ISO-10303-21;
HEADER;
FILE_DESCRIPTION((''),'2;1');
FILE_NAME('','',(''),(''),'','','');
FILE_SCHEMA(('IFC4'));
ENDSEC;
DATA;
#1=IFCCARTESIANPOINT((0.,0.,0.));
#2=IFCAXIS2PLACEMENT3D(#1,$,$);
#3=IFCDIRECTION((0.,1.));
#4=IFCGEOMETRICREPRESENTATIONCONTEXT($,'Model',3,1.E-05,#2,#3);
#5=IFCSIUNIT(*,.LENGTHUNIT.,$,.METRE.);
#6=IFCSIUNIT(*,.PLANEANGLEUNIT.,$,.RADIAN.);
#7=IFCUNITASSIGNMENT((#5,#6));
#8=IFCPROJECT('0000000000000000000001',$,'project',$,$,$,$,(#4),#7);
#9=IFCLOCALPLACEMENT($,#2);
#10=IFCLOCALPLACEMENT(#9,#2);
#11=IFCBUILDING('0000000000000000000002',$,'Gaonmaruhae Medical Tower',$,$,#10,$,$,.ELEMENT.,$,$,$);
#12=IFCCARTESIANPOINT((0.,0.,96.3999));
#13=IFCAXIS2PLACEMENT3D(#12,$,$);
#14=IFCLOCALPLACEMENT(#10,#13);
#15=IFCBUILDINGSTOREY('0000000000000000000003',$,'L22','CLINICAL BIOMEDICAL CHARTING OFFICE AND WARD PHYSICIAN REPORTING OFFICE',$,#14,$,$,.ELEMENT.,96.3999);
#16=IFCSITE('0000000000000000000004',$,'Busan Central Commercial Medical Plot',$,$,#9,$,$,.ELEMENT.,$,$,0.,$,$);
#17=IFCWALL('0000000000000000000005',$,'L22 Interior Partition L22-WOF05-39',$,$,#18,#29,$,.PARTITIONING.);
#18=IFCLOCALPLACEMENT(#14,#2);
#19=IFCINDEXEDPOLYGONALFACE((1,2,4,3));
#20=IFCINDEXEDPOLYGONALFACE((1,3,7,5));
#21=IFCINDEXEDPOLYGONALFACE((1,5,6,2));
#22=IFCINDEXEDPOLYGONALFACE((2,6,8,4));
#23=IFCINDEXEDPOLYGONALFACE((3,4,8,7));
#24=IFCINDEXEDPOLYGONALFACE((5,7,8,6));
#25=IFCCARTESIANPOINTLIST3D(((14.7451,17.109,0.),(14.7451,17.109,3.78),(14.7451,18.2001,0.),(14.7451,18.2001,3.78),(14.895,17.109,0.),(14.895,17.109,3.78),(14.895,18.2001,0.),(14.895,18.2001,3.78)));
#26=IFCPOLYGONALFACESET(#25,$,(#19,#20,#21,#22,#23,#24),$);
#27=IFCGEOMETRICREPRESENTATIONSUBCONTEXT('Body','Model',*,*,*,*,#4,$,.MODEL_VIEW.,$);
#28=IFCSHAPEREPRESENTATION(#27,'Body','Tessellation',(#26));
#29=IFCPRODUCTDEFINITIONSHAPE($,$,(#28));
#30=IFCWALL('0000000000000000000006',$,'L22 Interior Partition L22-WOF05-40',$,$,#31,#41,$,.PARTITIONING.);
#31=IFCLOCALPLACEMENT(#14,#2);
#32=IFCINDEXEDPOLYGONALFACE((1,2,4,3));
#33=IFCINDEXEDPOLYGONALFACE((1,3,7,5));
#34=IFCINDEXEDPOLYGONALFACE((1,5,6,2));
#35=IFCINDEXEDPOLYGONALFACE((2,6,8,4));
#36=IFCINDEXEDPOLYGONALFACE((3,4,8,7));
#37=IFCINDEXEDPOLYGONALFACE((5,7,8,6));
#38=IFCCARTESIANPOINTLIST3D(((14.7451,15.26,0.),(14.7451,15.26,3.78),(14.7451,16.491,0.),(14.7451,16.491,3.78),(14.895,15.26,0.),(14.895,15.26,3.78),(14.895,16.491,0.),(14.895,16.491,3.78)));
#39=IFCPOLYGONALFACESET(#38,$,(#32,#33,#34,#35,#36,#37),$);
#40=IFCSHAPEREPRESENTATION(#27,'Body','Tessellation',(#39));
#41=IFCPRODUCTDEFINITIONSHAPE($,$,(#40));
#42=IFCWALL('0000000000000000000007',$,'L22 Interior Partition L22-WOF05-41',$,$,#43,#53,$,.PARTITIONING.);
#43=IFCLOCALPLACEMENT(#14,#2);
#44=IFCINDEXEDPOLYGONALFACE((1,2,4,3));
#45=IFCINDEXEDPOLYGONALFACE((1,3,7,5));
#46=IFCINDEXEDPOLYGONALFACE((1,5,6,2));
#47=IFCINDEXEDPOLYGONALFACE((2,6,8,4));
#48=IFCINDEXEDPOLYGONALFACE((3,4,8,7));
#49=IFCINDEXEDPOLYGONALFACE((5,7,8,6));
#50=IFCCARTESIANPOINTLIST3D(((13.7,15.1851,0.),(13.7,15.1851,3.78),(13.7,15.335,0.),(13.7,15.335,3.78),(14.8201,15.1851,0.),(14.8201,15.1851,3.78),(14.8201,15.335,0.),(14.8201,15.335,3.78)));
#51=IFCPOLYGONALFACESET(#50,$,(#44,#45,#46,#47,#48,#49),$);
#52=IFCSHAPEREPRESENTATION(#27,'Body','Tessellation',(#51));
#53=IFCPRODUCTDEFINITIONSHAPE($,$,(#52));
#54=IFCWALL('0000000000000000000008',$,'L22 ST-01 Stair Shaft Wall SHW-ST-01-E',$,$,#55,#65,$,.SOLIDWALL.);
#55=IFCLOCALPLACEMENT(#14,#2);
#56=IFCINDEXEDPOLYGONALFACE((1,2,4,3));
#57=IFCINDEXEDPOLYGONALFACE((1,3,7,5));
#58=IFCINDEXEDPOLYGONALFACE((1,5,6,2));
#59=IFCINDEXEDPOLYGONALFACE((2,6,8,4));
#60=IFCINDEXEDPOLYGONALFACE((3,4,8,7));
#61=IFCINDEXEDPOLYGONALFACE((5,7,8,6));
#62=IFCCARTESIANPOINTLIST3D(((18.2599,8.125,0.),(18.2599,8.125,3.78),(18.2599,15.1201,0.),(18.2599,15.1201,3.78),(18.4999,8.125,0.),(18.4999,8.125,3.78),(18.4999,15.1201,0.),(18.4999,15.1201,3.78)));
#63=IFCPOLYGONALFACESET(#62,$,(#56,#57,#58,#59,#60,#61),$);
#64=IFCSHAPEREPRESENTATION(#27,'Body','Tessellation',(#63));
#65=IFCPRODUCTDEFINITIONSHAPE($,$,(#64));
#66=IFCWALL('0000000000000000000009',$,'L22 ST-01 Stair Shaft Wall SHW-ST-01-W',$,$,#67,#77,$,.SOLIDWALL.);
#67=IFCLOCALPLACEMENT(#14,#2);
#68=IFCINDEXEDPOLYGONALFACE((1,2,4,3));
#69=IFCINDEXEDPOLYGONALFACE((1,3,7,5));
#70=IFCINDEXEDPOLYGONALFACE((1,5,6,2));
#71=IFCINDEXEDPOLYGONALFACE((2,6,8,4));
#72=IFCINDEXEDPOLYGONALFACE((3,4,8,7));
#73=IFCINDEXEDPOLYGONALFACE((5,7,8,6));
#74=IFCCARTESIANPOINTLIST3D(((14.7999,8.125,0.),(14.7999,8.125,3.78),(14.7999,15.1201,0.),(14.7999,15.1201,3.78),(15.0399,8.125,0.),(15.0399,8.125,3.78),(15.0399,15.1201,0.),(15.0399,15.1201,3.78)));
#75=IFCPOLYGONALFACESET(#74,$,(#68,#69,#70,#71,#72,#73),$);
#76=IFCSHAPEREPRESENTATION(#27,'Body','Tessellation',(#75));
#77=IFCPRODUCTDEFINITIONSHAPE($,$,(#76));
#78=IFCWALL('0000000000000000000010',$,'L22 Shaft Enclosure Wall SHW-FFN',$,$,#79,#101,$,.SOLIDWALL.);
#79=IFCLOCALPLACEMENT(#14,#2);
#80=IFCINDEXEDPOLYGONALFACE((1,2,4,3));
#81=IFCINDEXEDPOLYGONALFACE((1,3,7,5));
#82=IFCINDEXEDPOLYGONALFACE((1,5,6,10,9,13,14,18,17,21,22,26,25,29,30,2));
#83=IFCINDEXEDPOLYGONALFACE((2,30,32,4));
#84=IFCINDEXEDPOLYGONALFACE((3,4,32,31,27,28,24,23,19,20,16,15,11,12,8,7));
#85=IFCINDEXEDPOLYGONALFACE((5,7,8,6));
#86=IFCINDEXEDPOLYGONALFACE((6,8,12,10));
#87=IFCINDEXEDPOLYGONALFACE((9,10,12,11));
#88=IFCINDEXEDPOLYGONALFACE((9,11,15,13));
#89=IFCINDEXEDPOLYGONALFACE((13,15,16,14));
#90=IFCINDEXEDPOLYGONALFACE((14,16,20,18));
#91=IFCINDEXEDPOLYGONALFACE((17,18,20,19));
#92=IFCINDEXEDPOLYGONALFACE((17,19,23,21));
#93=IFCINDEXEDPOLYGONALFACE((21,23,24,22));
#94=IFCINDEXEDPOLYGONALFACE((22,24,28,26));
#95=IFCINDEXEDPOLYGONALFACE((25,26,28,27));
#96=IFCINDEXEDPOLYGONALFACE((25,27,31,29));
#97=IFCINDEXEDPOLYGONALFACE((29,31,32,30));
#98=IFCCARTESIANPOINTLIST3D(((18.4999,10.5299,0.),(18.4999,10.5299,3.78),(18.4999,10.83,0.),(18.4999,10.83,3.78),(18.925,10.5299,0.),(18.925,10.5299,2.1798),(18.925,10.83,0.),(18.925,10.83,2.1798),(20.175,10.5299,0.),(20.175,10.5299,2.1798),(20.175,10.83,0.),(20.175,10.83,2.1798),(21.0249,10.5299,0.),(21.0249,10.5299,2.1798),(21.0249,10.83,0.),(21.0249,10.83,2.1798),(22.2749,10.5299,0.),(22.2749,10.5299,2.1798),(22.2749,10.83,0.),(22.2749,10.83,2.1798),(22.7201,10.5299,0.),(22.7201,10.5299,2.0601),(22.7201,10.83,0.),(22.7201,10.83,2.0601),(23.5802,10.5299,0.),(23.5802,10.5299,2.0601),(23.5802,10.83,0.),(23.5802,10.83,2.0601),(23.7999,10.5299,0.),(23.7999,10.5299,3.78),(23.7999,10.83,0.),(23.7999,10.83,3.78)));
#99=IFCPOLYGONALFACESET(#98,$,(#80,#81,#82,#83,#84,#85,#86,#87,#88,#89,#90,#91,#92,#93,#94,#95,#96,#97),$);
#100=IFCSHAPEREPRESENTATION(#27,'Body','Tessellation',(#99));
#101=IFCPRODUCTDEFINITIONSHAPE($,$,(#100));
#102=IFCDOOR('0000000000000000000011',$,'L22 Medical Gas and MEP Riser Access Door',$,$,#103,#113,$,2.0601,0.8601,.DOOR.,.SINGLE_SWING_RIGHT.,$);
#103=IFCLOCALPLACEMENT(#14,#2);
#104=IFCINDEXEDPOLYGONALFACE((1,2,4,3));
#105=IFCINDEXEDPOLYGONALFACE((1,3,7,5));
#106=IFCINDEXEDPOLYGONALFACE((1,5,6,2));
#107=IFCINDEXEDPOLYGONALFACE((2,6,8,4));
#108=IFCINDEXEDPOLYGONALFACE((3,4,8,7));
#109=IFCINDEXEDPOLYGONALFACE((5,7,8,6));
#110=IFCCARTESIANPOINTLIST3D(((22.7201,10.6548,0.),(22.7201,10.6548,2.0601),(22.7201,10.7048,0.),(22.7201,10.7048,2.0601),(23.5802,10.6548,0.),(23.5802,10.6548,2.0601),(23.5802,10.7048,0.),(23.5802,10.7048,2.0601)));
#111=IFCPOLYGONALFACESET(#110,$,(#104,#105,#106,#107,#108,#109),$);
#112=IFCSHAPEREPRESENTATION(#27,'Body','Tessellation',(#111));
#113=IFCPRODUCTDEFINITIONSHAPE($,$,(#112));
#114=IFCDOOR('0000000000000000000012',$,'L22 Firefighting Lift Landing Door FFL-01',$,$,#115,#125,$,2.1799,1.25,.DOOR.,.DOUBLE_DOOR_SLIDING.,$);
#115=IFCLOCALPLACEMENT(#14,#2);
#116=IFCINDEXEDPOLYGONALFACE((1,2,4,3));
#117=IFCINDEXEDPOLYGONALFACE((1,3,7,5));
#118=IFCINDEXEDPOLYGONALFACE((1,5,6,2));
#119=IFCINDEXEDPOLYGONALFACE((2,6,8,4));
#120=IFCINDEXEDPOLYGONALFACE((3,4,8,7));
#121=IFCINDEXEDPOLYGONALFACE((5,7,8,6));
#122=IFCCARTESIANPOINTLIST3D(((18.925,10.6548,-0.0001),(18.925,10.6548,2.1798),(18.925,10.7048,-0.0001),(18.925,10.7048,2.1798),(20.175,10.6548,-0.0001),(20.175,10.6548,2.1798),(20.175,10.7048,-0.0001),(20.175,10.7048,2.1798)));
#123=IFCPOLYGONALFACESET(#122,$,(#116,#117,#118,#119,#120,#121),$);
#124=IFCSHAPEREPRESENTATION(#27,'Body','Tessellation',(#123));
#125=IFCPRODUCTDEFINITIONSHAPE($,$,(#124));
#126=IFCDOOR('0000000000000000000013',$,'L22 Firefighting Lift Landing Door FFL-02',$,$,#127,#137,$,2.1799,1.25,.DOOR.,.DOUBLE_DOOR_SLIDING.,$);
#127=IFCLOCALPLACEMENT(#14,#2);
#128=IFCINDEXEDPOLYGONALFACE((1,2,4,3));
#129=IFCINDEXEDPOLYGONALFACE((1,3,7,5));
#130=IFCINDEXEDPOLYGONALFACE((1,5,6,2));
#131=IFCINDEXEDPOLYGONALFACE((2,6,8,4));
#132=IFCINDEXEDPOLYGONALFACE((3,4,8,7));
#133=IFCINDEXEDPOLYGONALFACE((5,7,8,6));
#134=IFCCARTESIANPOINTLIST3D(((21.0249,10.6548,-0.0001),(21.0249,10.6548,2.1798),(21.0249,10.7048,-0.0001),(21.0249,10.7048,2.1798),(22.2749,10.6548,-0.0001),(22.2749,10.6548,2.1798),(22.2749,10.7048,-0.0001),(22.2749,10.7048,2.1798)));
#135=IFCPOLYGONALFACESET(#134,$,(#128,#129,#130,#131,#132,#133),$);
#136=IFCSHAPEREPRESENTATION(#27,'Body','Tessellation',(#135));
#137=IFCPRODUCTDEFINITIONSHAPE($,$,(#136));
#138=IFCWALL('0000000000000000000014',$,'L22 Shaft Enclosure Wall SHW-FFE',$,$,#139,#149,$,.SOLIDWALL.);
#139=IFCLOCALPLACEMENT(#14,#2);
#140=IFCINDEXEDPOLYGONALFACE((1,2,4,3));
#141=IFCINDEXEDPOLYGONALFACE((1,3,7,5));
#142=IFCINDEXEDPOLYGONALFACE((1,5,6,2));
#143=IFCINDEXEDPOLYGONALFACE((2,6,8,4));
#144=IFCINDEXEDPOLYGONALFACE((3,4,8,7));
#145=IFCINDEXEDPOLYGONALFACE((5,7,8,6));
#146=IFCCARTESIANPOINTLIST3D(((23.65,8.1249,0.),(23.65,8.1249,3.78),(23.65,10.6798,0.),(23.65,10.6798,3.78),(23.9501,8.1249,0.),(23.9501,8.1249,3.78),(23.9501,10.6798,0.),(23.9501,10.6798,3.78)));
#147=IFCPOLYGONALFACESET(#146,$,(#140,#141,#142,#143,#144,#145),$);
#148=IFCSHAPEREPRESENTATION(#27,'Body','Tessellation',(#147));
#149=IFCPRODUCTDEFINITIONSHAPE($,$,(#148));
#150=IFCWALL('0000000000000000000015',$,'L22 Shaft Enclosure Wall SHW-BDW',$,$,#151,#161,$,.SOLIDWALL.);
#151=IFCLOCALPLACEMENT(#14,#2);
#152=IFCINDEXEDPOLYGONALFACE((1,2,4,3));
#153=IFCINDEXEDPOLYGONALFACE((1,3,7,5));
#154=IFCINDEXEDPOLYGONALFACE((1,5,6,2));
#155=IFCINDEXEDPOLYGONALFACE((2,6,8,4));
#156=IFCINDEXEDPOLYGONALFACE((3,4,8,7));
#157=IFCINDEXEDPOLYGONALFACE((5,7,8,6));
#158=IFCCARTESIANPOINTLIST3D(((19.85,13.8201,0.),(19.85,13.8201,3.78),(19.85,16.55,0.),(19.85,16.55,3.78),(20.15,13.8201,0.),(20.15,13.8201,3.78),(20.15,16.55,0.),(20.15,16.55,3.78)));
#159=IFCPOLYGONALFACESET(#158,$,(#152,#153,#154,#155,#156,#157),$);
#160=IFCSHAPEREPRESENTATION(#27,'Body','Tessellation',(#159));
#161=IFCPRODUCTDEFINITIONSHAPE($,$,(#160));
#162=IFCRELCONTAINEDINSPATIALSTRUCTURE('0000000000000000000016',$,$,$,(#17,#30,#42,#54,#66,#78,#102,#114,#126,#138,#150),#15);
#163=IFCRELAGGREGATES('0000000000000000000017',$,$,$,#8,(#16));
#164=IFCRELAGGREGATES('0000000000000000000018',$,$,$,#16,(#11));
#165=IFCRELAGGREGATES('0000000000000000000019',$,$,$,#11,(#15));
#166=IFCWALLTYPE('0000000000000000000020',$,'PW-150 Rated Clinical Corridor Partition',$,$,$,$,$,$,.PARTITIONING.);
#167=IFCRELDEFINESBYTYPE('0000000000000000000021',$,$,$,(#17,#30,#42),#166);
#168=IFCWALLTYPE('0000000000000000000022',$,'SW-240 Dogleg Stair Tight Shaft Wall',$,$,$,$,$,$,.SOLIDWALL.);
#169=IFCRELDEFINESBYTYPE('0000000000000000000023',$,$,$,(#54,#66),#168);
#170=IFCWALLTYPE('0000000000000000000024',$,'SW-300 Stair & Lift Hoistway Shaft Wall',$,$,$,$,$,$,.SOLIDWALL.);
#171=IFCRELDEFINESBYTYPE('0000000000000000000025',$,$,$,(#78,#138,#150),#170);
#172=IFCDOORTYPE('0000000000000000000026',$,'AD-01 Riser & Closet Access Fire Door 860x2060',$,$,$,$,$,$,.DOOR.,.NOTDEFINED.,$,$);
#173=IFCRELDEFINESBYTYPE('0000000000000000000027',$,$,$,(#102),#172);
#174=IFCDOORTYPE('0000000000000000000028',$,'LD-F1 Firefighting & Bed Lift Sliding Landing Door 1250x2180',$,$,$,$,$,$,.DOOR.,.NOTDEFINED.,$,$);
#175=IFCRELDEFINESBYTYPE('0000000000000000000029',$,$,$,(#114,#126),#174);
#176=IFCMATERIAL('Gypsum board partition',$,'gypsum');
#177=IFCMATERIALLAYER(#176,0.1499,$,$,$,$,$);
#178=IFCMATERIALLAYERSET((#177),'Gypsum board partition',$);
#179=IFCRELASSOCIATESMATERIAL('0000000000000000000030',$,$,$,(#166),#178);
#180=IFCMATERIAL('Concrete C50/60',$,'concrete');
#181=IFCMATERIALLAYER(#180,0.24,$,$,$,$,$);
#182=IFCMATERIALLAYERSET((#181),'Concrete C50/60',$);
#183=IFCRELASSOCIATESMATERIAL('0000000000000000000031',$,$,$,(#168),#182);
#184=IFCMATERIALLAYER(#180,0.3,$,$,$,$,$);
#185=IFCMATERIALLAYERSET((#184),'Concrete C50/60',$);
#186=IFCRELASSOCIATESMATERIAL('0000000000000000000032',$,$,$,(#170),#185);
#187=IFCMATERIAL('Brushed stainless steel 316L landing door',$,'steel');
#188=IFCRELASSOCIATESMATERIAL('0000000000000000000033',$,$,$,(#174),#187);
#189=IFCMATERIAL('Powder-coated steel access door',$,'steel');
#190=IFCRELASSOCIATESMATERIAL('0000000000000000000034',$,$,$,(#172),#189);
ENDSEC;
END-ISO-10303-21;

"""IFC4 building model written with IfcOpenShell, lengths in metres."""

from ifc_helpers import new_model, si_unit, direction, frame, frame_2d, origin, place, context, subcontext, project, spatial, rectangle, extrude, material, layer, layer_set, type_object, element, fill, save


model = new_model("IFC4")

# Units and contexts
model_context = context("Model", 3, precision=1e-05, world=origin(), true_north=direction((0.0, 1.0)))
body_context = subcontext(model_context, "Body", "Model", "MODEL_VIEW")
ifc_project = project(units=[si_unit("LENGTHUNIT", "METRE"), si_unit("PLANEANGLEUNIT", "RADIAN")], contexts=[model_context])

# Site, building, storey
site_placement = place(None, origin())
site = spatial("IfcSite", under=ifc_project, at=site_placement, Name="Busan Central Commercial Medical Plot", CompositionType="ELEMENT", RefElevation=0.0)
building_placement = place(site_placement, origin())
building = spatial("IfcBuilding", under=site, at=building_placement, Name="Gaonmaruhae Medical Tower", CompositionType="ELEMENT")
storey_placement = place(building_placement, frame((0.0, 0.0, 96.3999)))
storey = spatial("IfcBuildingStorey", under=building, at=storey_placement, Name="L22", Description="CLINICAL BIOMEDICAL CHARTING OFFICE AND WARD PHYSICIAN REPORTING OFFICE", CompositionType="ELEMENT", Elevation=96.3999)

# Walls
ifc_material_1 = material(Name="Gypsum board partition", Category="gypsum")
ifc_layer_1 = layer(ifc_material_1, 0.1499)
ifc_layer_set_1 = layer_set([ifc_layer_1], Name="Gypsum board partition")
wall_type_1 = type_object("IfcWallType", Name="PW-150 Rated Clinical Corridor Partition", PredefinedType="PARTITIONING", material=ifc_layer_set_1)
wall_1_placement = place(storey_placement, frame((14.8201, 18.2, 0.0), z_axis=(0.0, 0.0, 1.0), x_axis=(0.0, -1.0, 0.0)))
element("IfcWall", 1, at=wall_1_placement, inside=storey, type_object=wall_type_1, Name="L22 Interior Partition L22-WOF05-39", PredefinedType="PARTITIONING", context=body_context, shape_type="SweptSolid", body=[
    extrude(rectangle(XDim=1.0911, YDim=0.1499, at=frame_2d((0.5454, 0.0))), origin(), (0.0, 0.0, 1.0), 3.78),
])
wall_2_placement = place(storey_placement, frame((14.8201, 16.491, 0.0), z_axis=(0.0, 0.0, 1.0), x_axis=(0.0, -1.0, 0.0)))
element("IfcWall", 2, at=wall_2_placement, inside=storey, type_object=wall_type_1, Name="L22 Interior Partition L22-WOF05-40", PredefinedType="PARTITIONING", context=body_context, shape_type="SweptSolid", body=[
    extrude(rectangle(XDim=1.231, YDim=0.1499, at=frame_2d((0.6155, 0.0))), origin(), (0.0, 0.0, 1.0), 3.78),
])
wall_3_placement = place(storey_placement, frame((14.8201, 15.26, 0.0), z_axis=(0.0, 0.0, 1.0), x_axis=(-1.0, 0.0, 0.0)))
element("IfcWall", 3, at=wall_3_placement, inside=storey, type_object=wall_type_1, Name="L22 Interior Partition L22-WOF05-41", PredefinedType="PARTITIONING", context=body_context, shape_type="SweptSolid", body=[
    extrude(rectangle(XDim=1.1201, YDim=0.1499, at=frame_2d((0.5601, 0.0))), origin(), (0.0, 0.0, 1.0), 3.78),
])

# Shared definitions
ifc_material_2 = material(Name="Concrete C50/60", Category="concrete")
ifc_layer_2 = layer(ifc_material_2, 0.24)
ifc_layer_set_2 = layer_set([ifc_layer_2], Name="Concrete C50/60")
wall_type_2 = type_object("IfcWallType", Name="SW-240 Dogleg Stair Tight Shaft Wall", PredefinedType="SOLIDWALL", material=ifc_layer_set_2)

# Walls
for number, where, z_axis, x_axis, name in (
    (4, (18.3799, 15.1201, 0.0), (0.0, 0.0, 1.0), (0.0, -1.0, 0.0), "L22 ST-01 Stair Shaft Wall SHW-ST-01-E"),
    (5, (14.9199, 8.125, 0.0), (0.0, 0.0, 1.0), (0.0, 1.0, 0.0), "L22 ST-01 Stair Shaft Wall SHW-ST-01-W"),
):
    element("IfcWall", number, at=place(storey_placement, frame(where, z_axis=z_axis, x_axis=x_axis)), inside=storey, type_object=wall_type_2, Name=name, PredefinedType="SOLIDWALL", context=body_context, shape_type="SweptSolid", body=[
        extrude(rectangle(XDim=6.9951, YDim=0.24, at=frame_2d((3.4976, 0.0))), origin(), (0.0, 0.0, 1.0), 3.78),
    ])

# Wall, openings, doors
ifc_layer_3 = layer(ifc_material_2, 0.3)
ifc_layer_set_3 = layer_set([ifc_layer_3], Name="Concrete C50/60")
wall_type_3 = type_object("IfcWallType", Name="SW-300 Stair & Lift Hoistway Shaft Wall", PredefinedType="SOLIDWALL", material=ifc_layer_set_3)
ifc_material_3 = material(Name="Brushed stainless steel 316L landing door", Category="steel")
door_type_1 = type_object("IfcDoorType", Name="LD-F1 Firefighting & Bed Lift Sliding Landing Door 1250x2180", OperationType="NOTDEFINED", PredefinedType="DOOR", material=ifc_material_3)
wall_4_placement = place(storey_placement, frame((18.5, 10.6799, 0.0), z_axis=(0.0, 0.0, 1.0), x_axis=(1.0, 0.0, 0.0)))
wall_4 = element("IfcWall", 6, at=wall_4_placement, inside=storey, type_object=wall_type_3, Name="L22 Shaft Enclosure Wall SHW-FFN", PredefinedType="SOLIDWALL", context=body_context, shape_type="SweptSolid", body=[
    extrude(rectangle(XDim=5.3, YDim=0.3, at=frame_2d((2.6499, 0.0))), origin(), (0.0, 0.0, 1.0), 3.78),
])
opening_1_placement = place(wall_4_placement, frame((4.22, 0.0, 0.0)))
opening_1 = element("IfcOpeningElement", 7, at=opening_1_placement, cuts=wall_4, PredefinedType="OPENING", context=body_context, shape_type="SweptSolid", body=[
    extrude(rectangle(XDim=0.8601, YDim=2.0601, at=frame_2d((0.4302, 1.03))), frame((0.0, 0.1602, 0.0), z_axis=(0.0, -1.0, 0.0), x_axis=(1.0, 0.0, 0.0)), (0.0, 0.0, 1.0), 0.3201),
])
opening_2_placement = place(wall_4_placement, frame((0.425, 0.0, 0.0)))
opening_2 = element("IfcOpeningElement", 8, at=opening_2_placement, cuts=wall_4, PredefinedType="OPENING", context=body_context, shape_type="SweptSolid", body=[
    extrude(rectangle(XDim=1.25, YDim=2.1799, at=frame_2d((0.625, 1.0898))), frame((0.0, 0.1602, 0.0), z_axis=(0.0, -1.0, 0.0), x_axis=(1.0, 0.0, 0.0)), (0.0, 0.0, 1.0), 0.3201),
])
opening_3_placement = place(wall_4_placement, frame((2.5249, 0.0, 0.0)))
opening_3 = element("IfcOpeningElement", 9, at=opening_3_placement, cuts=wall_4, PredefinedType="OPENING", context=body_context, shape_type="SweptSolid", body=[
    extrude(rectangle(XDim=1.25, YDim=2.1799, at=frame_2d((0.625, 1.0898))), frame((0.0, 0.1602, 0.0), z_axis=(0.0, -1.0, 0.0), x_axis=(1.0, 0.0, 0.0)), (0.0, 0.0, 1.0), 0.3201),
])
ifc_material_4 = material(Name="Powder-coated steel access door", Category="steel")
door_type_2 = type_object("IfcDoorType", Name="AD-01 Riser & Closet Access Fire Door 860x2060", OperationType="NOTDEFINED", PredefinedType="DOOR", material=ifc_material_4)
door_1_placement = place(opening_1_placement, origin())
door_1 = element("IfcDoor", 10, at=door_1_placement, inside=storey, type_object=door_type_2, Name="L22 Medical Gas and MEP Riser Access Door", OperationType="SINGLE_SWING_RIGHT", OverallHeight=2.0601, OverallWidth=0.8601, PredefinedType="DOOR", context=body_context, shape_type="SweptSolid", body=[
    extrude(rectangle(XDim=0.8601, YDim=2.0601, at=frame_2d((0.4302, 1.03))), frame((0.0, 0.0249, 0.0), z_axis=(0.0, -1.0, 0.0), x_axis=(1.0, 0.0, 0.0)), (0.0, 0.0, 1.0), 0.05),
])
fill(opening_1, door_1)
door_2_placement = place(opening_2_placement, origin())
door_2 = element("IfcDoor", 11, at=door_2_placement, inside=storey, type_object=door_type_1, Name="L22 Firefighting Lift Landing Door FFL-01", OperationType="DOUBLE_DOOR_SLIDING", OverallHeight=2.1799, OverallWidth=1.25, PredefinedType="DOOR", context=body_context, shape_type="SweptSolid", body=[
    extrude(rectangle(XDim=1.25, YDim=2.1799, at=frame_2d((0.625, 1.0898))), frame((0.0, 0.0249, 0.0), z_axis=(0.0, -1.0, 0.0), x_axis=(1.0, 0.0, 0.0)), (0.0, 0.0, 1.0), 0.05),
])
fill(opening_2, door_2)
door_3_placement = place(opening_3_placement, origin())
door_3 = element("IfcDoor", 12, at=door_3_placement, inside=storey, type_object=door_type_1, Name="L22 Firefighting Lift Landing Door FFL-02", OperationType="DOUBLE_DOOR_SLIDING", OverallHeight=2.1799, OverallWidth=1.25, PredefinedType="DOOR", context=body_context, shape_type="SweptSolid", body=[
    extrude(rectangle(XDim=1.25, YDim=2.1799, at=frame_2d((0.625, 1.0898))), frame((0.0, 0.0249, 0.0), z_axis=(0.0, -1.0, 0.0), x_axis=(1.0, 0.0, 0.0)), (0.0, 0.0, 1.0), 0.05),
])
fill(opening_3, door_3)

# Walls
wall_5_placement = place(storey_placement, frame((23.8, 8.125, 0.0), z_axis=(0.0, 0.0, 1.0), x_axis=(0.0, 1.0, 0.0)))
element("IfcWall", 13, at=wall_5_placement, inside=storey, type_object=wall_type_3, Name="L22 Shaft Enclosure Wall SHW-FFE", PredefinedType="SOLIDWALL", context=body_context, shape_type="SweptSolid", body=[
    extrude(rectangle(XDim=2.5549, YDim=0.3, at=frame_2d((1.2773, 0.0))), origin(), (0.0, 0.0, 1.0), 3.78),
])
wall_6_placement = place(storey_placement, frame((20.0, 13.8201, 0.0), z_axis=(0.0, 0.0, 1.0), x_axis=(0.0, 1.0, 0.0)))
element("IfcWall", 14, at=wall_6_placement, inside=storey, type_object=wall_type_3, Name="L22 Shaft Enclosure Wall SHW-BDW", PredefinedType="SOLIDWALL", context=body_context, shape_type="SweptSolid", body=[
    extrude(rectangle(XDim=2.73, YDim=0.3, at=frame_2d((1.365, 0.0))), origin(), (0.0, 0.0, 1.0), 3.78),
])

save(model, "model.ifc")
